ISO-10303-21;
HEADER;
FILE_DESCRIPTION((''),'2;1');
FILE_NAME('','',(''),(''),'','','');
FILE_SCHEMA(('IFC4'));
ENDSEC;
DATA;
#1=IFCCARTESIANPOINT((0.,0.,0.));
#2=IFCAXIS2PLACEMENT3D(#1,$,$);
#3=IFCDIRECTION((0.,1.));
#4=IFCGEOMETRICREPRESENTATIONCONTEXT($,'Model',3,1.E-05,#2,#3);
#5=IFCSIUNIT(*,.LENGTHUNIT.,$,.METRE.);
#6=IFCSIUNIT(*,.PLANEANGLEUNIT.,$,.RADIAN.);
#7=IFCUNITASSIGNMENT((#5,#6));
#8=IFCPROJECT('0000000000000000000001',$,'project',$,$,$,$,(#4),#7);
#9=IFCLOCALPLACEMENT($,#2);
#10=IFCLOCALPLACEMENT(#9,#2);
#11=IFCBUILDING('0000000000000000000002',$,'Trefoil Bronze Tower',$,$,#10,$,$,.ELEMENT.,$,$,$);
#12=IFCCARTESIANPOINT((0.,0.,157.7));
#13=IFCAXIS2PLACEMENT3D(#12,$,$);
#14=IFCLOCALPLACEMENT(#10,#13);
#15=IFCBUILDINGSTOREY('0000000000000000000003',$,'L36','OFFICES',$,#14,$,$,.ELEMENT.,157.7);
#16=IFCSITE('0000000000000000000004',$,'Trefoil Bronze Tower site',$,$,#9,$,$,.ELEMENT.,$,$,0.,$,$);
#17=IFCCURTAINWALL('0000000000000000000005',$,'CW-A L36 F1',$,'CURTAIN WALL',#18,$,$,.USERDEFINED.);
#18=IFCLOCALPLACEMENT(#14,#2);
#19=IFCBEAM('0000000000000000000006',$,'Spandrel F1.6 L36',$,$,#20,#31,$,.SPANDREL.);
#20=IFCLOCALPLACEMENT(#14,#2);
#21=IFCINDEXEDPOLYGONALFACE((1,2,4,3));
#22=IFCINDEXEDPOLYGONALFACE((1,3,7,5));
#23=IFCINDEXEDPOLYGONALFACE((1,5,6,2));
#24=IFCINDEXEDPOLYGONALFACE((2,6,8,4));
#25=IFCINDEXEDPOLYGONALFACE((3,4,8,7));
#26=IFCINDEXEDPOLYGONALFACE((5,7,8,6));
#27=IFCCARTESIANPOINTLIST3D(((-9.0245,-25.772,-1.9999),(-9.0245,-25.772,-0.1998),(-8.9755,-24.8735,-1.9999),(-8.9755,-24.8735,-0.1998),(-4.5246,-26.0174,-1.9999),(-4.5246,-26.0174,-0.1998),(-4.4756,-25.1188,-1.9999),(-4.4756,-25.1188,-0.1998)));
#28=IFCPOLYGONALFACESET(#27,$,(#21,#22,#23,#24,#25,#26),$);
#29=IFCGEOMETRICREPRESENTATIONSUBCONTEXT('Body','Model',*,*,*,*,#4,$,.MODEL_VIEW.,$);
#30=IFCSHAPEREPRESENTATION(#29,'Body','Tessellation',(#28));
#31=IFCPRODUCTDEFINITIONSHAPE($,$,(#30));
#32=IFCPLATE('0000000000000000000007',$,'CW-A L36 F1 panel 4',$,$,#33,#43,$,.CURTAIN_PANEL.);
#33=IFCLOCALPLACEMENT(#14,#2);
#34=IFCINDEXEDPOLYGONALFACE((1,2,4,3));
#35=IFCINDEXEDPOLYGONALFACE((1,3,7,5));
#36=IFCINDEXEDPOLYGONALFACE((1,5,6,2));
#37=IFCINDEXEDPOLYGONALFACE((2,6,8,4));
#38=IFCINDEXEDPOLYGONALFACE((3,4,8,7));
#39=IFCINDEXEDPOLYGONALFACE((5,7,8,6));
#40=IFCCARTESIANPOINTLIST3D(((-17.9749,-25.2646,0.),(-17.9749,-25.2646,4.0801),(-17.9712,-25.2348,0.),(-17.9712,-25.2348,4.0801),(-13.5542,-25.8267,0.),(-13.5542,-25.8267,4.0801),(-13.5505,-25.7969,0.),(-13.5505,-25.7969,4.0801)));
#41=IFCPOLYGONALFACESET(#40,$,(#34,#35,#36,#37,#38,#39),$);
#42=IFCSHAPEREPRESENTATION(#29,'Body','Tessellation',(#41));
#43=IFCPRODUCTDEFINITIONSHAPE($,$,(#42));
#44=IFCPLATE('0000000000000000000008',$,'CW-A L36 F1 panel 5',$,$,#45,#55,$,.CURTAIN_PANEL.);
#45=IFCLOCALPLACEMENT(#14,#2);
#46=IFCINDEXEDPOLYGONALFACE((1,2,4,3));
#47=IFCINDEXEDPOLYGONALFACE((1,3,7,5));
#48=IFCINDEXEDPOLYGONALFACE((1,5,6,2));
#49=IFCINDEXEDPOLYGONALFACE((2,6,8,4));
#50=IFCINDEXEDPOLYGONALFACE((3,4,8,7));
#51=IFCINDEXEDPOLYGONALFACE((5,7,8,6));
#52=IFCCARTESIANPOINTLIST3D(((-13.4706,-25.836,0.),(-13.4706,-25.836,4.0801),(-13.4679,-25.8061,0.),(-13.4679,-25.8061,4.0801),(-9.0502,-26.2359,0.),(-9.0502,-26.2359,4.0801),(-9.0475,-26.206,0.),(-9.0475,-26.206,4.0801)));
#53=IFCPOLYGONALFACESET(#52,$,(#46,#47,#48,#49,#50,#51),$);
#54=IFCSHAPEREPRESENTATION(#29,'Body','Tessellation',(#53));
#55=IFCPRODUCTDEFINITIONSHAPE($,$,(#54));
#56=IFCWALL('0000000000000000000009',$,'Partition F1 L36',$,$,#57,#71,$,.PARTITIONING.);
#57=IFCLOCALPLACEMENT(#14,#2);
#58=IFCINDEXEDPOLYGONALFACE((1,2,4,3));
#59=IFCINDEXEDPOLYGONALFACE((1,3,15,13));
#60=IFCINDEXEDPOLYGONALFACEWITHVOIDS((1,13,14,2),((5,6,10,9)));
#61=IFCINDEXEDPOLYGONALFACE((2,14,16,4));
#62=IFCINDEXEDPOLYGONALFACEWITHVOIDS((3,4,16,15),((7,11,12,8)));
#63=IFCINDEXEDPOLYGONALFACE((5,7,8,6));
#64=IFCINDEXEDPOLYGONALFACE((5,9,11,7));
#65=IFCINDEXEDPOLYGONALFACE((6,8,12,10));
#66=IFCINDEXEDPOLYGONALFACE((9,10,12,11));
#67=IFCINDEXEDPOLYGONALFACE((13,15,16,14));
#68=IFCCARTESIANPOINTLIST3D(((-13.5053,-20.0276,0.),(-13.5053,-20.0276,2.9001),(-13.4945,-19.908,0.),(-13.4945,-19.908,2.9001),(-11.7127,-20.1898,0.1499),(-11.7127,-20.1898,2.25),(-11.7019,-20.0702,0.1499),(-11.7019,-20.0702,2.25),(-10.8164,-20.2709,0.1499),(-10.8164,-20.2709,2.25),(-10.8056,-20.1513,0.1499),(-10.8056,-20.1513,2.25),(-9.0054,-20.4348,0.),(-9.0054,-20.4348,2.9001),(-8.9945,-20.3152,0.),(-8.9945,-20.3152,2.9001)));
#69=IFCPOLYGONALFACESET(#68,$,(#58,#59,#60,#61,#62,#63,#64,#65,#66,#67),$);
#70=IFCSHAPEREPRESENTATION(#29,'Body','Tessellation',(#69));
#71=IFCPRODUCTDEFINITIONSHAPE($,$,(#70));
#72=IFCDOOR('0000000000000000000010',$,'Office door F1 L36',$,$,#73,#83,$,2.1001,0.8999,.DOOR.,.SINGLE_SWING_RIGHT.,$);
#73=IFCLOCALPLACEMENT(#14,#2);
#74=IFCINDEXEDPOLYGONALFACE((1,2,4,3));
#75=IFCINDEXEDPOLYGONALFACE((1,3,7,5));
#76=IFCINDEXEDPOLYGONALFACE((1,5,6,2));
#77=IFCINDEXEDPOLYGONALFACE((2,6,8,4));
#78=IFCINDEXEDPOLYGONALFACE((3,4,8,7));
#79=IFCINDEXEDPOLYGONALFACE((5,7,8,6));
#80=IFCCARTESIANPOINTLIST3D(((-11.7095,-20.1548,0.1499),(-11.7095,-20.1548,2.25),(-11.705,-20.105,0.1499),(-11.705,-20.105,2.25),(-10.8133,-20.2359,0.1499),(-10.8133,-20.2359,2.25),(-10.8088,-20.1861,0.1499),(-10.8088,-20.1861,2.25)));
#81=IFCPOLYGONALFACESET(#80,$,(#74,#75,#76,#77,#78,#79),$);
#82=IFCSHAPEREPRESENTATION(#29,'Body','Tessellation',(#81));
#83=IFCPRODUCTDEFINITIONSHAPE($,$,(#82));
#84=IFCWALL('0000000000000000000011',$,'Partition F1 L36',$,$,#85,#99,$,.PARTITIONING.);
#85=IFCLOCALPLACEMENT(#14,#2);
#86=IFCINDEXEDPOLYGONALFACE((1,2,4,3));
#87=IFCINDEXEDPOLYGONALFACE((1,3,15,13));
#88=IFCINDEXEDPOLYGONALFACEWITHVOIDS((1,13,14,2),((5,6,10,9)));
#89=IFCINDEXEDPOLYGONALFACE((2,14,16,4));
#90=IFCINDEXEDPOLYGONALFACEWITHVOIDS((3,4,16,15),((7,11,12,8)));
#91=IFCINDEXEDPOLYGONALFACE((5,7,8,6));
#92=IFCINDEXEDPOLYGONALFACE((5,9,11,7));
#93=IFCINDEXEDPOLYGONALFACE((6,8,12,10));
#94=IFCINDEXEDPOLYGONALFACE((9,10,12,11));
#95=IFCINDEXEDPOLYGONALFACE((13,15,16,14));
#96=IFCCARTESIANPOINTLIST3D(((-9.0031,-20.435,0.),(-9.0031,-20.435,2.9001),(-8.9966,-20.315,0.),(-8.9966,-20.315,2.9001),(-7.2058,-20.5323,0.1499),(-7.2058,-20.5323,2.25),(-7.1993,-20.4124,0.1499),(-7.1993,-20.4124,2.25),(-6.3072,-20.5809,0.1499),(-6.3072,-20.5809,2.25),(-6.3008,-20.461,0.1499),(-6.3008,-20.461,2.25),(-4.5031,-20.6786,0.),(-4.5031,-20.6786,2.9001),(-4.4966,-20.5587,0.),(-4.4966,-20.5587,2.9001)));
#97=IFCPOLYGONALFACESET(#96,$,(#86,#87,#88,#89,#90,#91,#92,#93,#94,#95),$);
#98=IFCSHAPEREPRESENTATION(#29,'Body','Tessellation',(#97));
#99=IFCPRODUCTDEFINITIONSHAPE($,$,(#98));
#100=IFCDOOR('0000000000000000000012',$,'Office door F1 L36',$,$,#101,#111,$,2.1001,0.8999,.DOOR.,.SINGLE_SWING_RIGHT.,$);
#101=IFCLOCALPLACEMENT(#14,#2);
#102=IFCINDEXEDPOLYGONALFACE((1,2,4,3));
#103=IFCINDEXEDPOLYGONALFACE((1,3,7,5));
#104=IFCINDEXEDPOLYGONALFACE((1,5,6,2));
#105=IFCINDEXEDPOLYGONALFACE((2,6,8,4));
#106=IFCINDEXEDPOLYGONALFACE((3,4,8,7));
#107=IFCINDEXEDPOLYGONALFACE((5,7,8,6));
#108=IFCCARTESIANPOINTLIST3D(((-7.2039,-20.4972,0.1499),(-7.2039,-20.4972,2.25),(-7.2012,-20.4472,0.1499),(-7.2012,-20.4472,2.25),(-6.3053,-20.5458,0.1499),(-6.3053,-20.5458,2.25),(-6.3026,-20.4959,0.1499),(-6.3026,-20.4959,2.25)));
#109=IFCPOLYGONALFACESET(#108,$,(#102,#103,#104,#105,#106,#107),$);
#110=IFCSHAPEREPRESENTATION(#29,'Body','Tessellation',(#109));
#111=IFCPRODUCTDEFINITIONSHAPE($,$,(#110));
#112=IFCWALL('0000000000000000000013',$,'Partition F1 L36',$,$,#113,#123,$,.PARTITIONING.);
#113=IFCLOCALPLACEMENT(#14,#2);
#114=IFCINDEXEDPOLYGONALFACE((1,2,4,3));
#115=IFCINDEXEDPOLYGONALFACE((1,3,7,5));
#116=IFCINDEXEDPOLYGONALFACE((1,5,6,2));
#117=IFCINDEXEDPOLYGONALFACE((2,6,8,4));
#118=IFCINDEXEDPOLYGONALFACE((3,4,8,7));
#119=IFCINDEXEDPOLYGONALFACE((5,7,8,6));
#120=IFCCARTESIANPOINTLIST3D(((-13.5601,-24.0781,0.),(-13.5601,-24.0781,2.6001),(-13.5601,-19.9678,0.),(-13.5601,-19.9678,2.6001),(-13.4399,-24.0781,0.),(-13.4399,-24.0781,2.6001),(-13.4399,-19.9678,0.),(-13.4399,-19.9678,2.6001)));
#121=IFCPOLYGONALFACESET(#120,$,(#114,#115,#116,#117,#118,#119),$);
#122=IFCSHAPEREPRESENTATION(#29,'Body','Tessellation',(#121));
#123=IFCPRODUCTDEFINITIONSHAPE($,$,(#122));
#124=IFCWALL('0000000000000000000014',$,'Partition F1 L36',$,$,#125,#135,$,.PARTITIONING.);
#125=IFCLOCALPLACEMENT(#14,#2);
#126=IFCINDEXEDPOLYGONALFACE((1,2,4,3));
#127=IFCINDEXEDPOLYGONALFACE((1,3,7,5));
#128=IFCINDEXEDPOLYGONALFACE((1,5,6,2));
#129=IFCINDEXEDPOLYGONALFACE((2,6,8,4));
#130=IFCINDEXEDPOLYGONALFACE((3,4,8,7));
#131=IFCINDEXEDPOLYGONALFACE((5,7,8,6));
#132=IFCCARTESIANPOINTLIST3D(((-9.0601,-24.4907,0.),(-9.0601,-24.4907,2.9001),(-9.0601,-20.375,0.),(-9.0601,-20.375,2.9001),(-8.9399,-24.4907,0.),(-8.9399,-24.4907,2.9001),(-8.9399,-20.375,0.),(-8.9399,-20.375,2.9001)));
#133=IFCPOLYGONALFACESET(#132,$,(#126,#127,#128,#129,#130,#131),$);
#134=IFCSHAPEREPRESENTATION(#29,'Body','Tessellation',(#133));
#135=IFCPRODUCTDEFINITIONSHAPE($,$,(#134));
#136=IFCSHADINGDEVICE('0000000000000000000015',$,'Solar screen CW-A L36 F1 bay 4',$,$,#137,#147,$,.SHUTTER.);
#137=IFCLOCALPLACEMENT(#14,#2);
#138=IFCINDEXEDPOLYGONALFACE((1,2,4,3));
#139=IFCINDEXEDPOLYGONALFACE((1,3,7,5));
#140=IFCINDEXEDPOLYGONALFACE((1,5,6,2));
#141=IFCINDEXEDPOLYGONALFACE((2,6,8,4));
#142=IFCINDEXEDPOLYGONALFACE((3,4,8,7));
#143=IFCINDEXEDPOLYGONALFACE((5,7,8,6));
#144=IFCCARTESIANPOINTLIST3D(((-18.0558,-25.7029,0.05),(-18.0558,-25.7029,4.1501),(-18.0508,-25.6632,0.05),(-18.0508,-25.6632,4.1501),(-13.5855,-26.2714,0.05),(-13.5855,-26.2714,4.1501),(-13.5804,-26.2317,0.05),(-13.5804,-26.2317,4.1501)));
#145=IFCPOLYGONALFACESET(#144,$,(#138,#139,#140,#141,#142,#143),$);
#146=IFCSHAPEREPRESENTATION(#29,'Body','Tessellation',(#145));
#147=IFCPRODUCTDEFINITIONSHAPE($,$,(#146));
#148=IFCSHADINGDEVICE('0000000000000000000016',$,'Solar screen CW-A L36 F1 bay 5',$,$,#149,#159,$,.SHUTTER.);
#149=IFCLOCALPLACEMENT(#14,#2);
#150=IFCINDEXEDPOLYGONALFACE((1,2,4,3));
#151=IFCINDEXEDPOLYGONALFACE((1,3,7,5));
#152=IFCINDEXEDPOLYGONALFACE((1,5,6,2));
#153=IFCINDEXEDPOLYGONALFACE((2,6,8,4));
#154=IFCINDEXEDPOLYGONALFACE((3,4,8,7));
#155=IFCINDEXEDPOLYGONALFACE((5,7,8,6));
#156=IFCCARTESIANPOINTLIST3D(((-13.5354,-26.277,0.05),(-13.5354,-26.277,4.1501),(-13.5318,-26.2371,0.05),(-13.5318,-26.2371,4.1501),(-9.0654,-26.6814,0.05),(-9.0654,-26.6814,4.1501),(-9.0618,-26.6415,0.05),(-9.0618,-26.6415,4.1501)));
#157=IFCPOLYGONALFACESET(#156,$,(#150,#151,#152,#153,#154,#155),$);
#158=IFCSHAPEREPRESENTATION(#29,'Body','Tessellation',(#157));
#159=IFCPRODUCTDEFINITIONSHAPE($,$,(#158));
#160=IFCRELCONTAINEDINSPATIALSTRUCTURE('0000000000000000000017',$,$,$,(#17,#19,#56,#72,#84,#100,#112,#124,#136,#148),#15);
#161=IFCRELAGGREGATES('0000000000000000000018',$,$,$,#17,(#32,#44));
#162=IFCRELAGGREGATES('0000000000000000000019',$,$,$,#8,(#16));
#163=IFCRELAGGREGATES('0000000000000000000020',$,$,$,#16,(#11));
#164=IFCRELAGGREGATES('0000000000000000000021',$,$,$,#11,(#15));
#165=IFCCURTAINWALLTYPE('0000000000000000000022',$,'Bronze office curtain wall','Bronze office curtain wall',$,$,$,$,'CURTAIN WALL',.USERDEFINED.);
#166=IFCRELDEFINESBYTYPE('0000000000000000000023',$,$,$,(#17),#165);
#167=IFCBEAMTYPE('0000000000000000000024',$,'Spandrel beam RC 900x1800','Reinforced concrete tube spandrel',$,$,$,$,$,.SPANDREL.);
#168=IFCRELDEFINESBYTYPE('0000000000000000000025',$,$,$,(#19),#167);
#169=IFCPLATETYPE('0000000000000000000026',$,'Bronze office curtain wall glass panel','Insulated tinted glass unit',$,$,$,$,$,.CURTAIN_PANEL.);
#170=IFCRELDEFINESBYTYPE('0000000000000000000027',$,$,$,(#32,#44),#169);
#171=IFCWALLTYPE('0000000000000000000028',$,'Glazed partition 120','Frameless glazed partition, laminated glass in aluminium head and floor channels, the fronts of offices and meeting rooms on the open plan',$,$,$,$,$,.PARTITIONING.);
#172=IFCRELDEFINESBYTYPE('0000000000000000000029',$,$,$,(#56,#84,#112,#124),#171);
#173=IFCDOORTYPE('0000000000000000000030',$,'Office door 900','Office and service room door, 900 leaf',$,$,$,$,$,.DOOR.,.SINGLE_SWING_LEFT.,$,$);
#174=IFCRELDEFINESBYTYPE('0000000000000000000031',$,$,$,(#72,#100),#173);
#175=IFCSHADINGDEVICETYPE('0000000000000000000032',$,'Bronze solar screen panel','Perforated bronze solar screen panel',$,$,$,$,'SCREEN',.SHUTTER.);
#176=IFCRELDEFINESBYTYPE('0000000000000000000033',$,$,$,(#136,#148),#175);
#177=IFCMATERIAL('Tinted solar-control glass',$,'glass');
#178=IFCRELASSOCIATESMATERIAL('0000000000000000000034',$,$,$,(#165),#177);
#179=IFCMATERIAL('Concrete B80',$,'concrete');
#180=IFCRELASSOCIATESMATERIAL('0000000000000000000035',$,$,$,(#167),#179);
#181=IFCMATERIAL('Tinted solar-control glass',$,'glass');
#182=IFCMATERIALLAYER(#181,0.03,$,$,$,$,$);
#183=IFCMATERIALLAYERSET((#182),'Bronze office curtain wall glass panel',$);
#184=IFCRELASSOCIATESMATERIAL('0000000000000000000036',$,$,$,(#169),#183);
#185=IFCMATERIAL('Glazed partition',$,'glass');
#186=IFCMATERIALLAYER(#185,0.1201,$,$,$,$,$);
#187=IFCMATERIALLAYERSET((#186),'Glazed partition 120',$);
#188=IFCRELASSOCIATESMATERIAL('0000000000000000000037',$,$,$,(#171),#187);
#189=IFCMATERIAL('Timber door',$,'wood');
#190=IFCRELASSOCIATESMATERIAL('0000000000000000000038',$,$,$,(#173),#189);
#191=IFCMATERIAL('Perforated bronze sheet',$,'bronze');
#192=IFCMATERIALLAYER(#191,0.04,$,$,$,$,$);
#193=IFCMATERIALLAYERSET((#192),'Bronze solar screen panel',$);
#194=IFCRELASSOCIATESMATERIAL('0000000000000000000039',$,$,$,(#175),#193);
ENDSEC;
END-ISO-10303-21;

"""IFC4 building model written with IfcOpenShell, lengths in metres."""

from ifc_helpers import new_model, si_unit, direction, frame, frame_2d, origin, origin_2d, place, context, subcontext, project, spatial, rectangle, extrude, material, layer, layer_set, material_profile, profile_set, type_object, element, fill, aggregate, save


model = new_model("IFC4")

# Units and contexts
model_context = context("Model", 3, precision=1e-05, world=origin(), true_north=direction((0.0, 1.0)))
body_context = subcontext(model_context, "Body", "Model", "MODEL_VIEW")
ifc_project = project(units=[si_unit("LENGTHUNIT", "METRE"), si_unit("PLANEANGLEUNIT", "RADIAN")], contexts=[model_context])

# Site, building, storey
site_placement = place(None, origin())
site = spatial("IfcSite", under=ifc_project, at=site_placement, Name="Trefoil Bronze Tower site", CompositionType="ELEMENT", RefElevation=0.0)
building_placement = place(site_placement, origin())
building = spatial("IfcBuilding", under=site, at=building_placement, Name="Trefoil Bronze Tower", CompositionType="ELEMENT")
storey_placement = place(building_placement, frame((0.0, 0.0, 157.7)))
storey = spatial("IfcBuildingStorey", under=building, at=storey_placement, Name="L36", Description="OFFICES", CompositionType="ELEMENT", Elevation=157.7)

# Curtain wall
ifc_material_1 = material(Name="Tinted solar-control glass", Category="glass")
curtain_wall_type = type_object("IfcCurtainWallType", Name="Bronze office curtain wall", Description="Bronze office curtain wall", ElementType="CURTAIN WALL", PredefinedType="USERDEFINED", material=ifc_material_1)
curtain_wall_placement = place(storey_placement, origin())
curtain_wall = element("IfcCurtainWall", 1, at=curtain_wall_placement, inside=storey, type_object=curtain_wall_type, Name="CW-A L36 F1", ObjectType="CURTAIN WALL", PredefinedType="USERDEFINED")

# Beam
ifc_material_2 = material(Name="Concrete B80", Category="concrete")
ifc_material_profile_1 = material_profile(ifc_material_2, rectangle(XDim=0.8999, YDim=1.8, at=origin_2d()), Name="RC 900x1800")
ifc_profile_set_1 = profile_set([ifc_material_profile_1], Name="Concrete B80")
beam_type_1 = type_object("IfcBeamType", Name="Spandrel beam RC 900x1800", Description="Reinforced concrete tube spandrel", PredefinedType="SPANDREL", material=ifc_profile_set_1)
beam_1_placement = place(storey_placement, frame((-9.0, -25.3228, -1.0999), z_axis=(0.998517, -0.054444, 0.0), x_axis=(0.054444, 0.998517, 0.0)))
element("IfcBeam", 2, at=beam_1_placement, inside=storey, type_object=beam_type_1, Name="Spandrel F1.6 L36", PredefinedType="SPANDREL", context=body_context, shape_type="SweptSolid", body=[
    extrude(rectangle(XDim=0.8999, YDim=1.8, at=origin_2d()), origin(), (0.0, 0.0, 1.0), 4.5066),
])

# Plates
ifc_material_3 = material(Name="Tinted solar-control glass", Category="glass")
ifc_layer_1 = layer(ifc_material_3, 0.03)
ifc_layer_set_1 = layer_set([ifc_layer_1], Name="Bronze office curtain wall glass panel")
plate_type = type_object("IfcPlateType", Name="Bronze office curtain wall glass panel", Description="Insulated tinted glass unit", PredefinedType="CURTAIN_PANEL", material=ifc_layer_set_1)
plate_1_placement = place(storey_placement, frame((-15.7627, -25.5308, 0.0), z_axis=(0.0, 0.0, 1.0), x_axis=(0.992012, -0.126147, 0.0)))
plate_1 = element("IfcPlate", 3, at=plate_1_placement, type_object=plate_type, Name="CW-A L36 F1 panel 4", PredefinedType="CURTAIN_PANEL", context=body_context, shape_type="SweptSolid", body=[
    extrude(rectangle(XDim=4.4563, YDim=0.03, at=origin_2d()), origin(), (0.0, 0.0, 1.0), 4.0801),
])
plate_2_placement = place(storey_placement, frame((-11.259, -26.021, 0.0), z_axis=(0.0, 0.0, 1.0), x_axis=(0.995932, -0.090105, 0.0)))
plate_2 = element("IfcPlate", 4, at=plate_2_placement, type_object=plate_type, Name="CW-A L36 F1 panel 5", PredefinedType="CURTAIN_PANEL", context=body_context, shape_type="SweptSolid", body=[
    extrude(rectangle(XDim=4.4385, YDim=0.03, at=origin_2d()), origin(), (0.0, 0.0, 1.0), 4.0801),
])
aggregate(curtain_wall, [plate_1, plate_2])

# Walls, openings, doors
ifc_material_4 = material(Name="Glazed partition", Category="glass")
ifc_layer_2 = layer(ifc_material_4, 0.1201)
ifc_layer_set_2 = layer_set([ifc_layer_2], Name="Glazed partition 120")
wall_type = type_object("IfcWallType", Name="Glazed partition 120", Description="Frameless glazed partition, laminated glass in aluminium head and floor channels, the fronts of offices and meeting rooms on the open plan", PredefinedType="PARTITIONING", material=ifc_layer_set_2)
wall_1_placement = place(storey_placement, frame((-13.5, -19.9678, 0.0), z_axis=(0.0, 0.0, 1.0), x_axis=(0.99593, -0.090127, 0.0)))
wall_1 = element("IfcWall", 5, at=wall_1_placement, inside=storey, type_object=wall_type, Name="Partition F1 L36", PredefinedType="PARTITIONING", context=body_context, shape_type="SweptSolid", body=[
    extrude(rectangle(XDim=4.5183, YDim=0.1201, at=frame_2d((2.2593, 0.0))), origin(), (0.0, 0.0, 1.0), 2.9001),
])
opening_1_placement = place(wall_1_placement, frame((1.8, 0.0, 0.1499)))
opening_1 = element("IfcOpeningElement", 6, at=opening_1_placement, cuts=wall_1, PredefinedType="OPENING", context=body_context, shape_type="SweptSolid", body=[
    extrude(rectangle(XDim=0.8999, YDim=2.1001, at=frame_2d((0.45, 1.05))), frame((0.0, 0.0701, 0.0), z_axis=(0.0, -1.0, 0.0), x_axis=(1.0, 0.0, 0.0)), (0.0, 0.0, 1.0), 0.1401),
])
ifc_material_5 = material(Name="Timber door", Category="wood")
door_type = type_object("IfcDoorType", Name="Office door 900", Description="Office and service room door, 900 leaf", OperationType="SINGLE_SWING_LEFT", PredefinedType="DOOR", material=ifc_material_5)
door_1_placement = place(opening_1_placement, frame((0.8999, 0.0, 0.0), z_axis=(0.0, 0.0, 1.0), x_axis=(-1.0, 0.0, 0.0)))
door_1 = element("IfcDoor", 7, at=door_1_placement, inside=storey, type_object=door_type, Name="Office door F1 L36", OperationType="SINGLE_SWING_RIGHT", OverallHeight=2.1001, OverallWidth=0.8999, PredefinedType="DOOR", context=body_context, shape_type="SweptSolid", body=[
    extrude(rectangle(XDim=0.8999, YDim=2.1001, at=frame_2d((0.45, 1.05))), frame((0.0, 0.0249, 0.0), z_axis=(0.0, -1.0, 0.0), x_axis=(1.0, 0.0, 0.0)), (0.0, 0.0, 1.0), 0.05),
])
fill(opening_1, door_1)
wall_2_placement = place(storey_placement, frame((-9.0, -20.375, 0.0), z_axis=(0.0, 0.0, 1.0), x_axis=(0.998537, -0.054066, 0.0)))
wall_2 = element("IfcWall", 8, at=wall_2_placement, inside=storey, type_object=wall_type, Name="Partition F1 L36", PredefinedType="PARTITIONING", context=body_context, shape_type="SweptSolid", body=[
    extrude(rectangle(XDim=4.5066, YDim=0.1201, at=frame_2d((2.2534, 0.0))), origin(), (0.0, 0.0, 1.0), 2.9001),
])
opening_2_placement = place(wall_2_placement, frame((1.8, 0.0, 0.1499)))
opening_2 = element("IfcOpeningElement", 9, at=opening_2_placement, cuts=wall_2, PredefinedType="OPENING", context=body_context, shape_type="SweptSolid", body=[
    extrude(rectangle(XDim=0.8999, YDim=2.1001, at=frame_2d((0.45, 1.05))), frame((0.0, 0.0701, 0.0), z_axis=(0.0, -1.0, 0.0), x_axis=(1.0, 0.0, 0.0)), (0.0, 0.0, 1.0), 0.1401),
])
door_2_placement = place(opening_2_placement, frame((0.8999, 0.0, 0.0), z_axis=(0.0, 0.0, 1.0), x_axis=(-1.0, 0.0, 0.0)))
door_2 = element("IfcDoor", 10, at=door_2_placement, inside=storey, type_object=door_type, Name="Office door F1 L36", OperationType="SINGLE_SWING_RIGHT", OverallHeight=2.1001, OverallWidth=0.8999, PredefinedType="DOOR", context=body_context, shape_type="SweptSolid", body=[
    extrude(rectangle(XDim=0.8999, YDim=2.1001, at=frame_2d((0.45, 1.05))), frame((0.0, 0.0249, 0.0), z_axis=(0.0, -1.0, 0.0), x_axis=(1.0, 0.0, 0.0)), (0.0, 0.0, 1.0), 0.05),
])
fill(opening_2, door_2)

# Walls
wall_3_placement = place(storey_placement, frame((-13.5, -19.9678, 0.0), z_axis=(0.0, 0.0, 1.0), x_axis=(0.0, -1.0, 0.0)))
element("IfcWall", 11, at=wall_3_placement, inside=storey, type_object=wall_type, Name="Partition F1 L36", PredefinedType="PARTITIONING", context=body_context, shape_type="SweptSolid", body=[
    extrude(rectangle(XDim=4.1104, YDim=0.1201, at=frame_2d((2.0552, 0.0))), origin(), (0.0, 0.0, 1.0), 2.6001),
])
wall_4_placement = place(storey_placement, frame((-9.0, -20.375, 0.0), z_axis=(0.0, 0.0, 1.0), x_axis=(0.0, -1.0, 0.0)))
element("IfcWall", 12, at=wall_4_placement, inside=storey, type_object=wall_type, Name="Partition F1 L36", PredefinedType="PARTITIONING", context=body_context, shape_type="SweptSolid", body=[
    extrude(rectangle(XDim=4.1157, YDim=0.1201, at=frame_2d((2.0579, 0.0))), origin(), (0.0, 0.0, 1.0), 2.9001),
])

# Shading devices
ifc_material_6 = material(Name="Perforated bronze sheet", Category="bronze")
ifc_layer_3 = layer(ifc_material_6, 0.04)
ifc_layer_set_3 = layer_set([ifc_layer_3], Name="Bronze solar screen panel")
shading_device_type = type_object("IfcShadingDeviceType", Name="Bronze solar screen panel", Description="Perforated bronze solar screen panel", ElementType="SCREEN", PredefinedType="SHUTTER", material=ifc_layer_set_3)
shading_device_1_placement = place(storey_placement, frame((-15.8181, -25.9673, 0.05), z_axis=(0.0, 0.0, 1.0), x_axis=(0.992012, -0.126147, 0.0)))
element("IfcShadingDevice", 13, at=shading_device_1_placement, inside=storey, type_object=shading_device_type, Name="Solar screen CW-A L36 F1 bay 4", PredefinedType="SHUTTER", context=body_context, shape_type="SweptSolid", body=[
    extrude(rectangle(XDim=4.5063, YDim=0.04, at=origin_2d()), origin(), (0.0, 0.0, 1.0), 4.1001),
])
shading_device_2_placement = place(storey_placement, frame((-11.2986, -26.4592, 0.05), z_axis=(0.0, 0.0, 1.0), x_axis=(0.995932, -0.090105, 0.0)))
element("IfcShadingDevice", 14, at=shading_device_2_placement, inside=storey, type_object=shading_device_type, Name="Solar screen CW-A L36 F1 bay 5", PredefinedType="SHUTTER", context=body_context, shape_type="SweptSolid", body=[
    extrude(rectangle(XDim=4.4883, YDim=0.04, at=origin_2d()), origin(), (0.0, 0.0, 1.0), 4.1001),
])

save(model, "model.ifc")
